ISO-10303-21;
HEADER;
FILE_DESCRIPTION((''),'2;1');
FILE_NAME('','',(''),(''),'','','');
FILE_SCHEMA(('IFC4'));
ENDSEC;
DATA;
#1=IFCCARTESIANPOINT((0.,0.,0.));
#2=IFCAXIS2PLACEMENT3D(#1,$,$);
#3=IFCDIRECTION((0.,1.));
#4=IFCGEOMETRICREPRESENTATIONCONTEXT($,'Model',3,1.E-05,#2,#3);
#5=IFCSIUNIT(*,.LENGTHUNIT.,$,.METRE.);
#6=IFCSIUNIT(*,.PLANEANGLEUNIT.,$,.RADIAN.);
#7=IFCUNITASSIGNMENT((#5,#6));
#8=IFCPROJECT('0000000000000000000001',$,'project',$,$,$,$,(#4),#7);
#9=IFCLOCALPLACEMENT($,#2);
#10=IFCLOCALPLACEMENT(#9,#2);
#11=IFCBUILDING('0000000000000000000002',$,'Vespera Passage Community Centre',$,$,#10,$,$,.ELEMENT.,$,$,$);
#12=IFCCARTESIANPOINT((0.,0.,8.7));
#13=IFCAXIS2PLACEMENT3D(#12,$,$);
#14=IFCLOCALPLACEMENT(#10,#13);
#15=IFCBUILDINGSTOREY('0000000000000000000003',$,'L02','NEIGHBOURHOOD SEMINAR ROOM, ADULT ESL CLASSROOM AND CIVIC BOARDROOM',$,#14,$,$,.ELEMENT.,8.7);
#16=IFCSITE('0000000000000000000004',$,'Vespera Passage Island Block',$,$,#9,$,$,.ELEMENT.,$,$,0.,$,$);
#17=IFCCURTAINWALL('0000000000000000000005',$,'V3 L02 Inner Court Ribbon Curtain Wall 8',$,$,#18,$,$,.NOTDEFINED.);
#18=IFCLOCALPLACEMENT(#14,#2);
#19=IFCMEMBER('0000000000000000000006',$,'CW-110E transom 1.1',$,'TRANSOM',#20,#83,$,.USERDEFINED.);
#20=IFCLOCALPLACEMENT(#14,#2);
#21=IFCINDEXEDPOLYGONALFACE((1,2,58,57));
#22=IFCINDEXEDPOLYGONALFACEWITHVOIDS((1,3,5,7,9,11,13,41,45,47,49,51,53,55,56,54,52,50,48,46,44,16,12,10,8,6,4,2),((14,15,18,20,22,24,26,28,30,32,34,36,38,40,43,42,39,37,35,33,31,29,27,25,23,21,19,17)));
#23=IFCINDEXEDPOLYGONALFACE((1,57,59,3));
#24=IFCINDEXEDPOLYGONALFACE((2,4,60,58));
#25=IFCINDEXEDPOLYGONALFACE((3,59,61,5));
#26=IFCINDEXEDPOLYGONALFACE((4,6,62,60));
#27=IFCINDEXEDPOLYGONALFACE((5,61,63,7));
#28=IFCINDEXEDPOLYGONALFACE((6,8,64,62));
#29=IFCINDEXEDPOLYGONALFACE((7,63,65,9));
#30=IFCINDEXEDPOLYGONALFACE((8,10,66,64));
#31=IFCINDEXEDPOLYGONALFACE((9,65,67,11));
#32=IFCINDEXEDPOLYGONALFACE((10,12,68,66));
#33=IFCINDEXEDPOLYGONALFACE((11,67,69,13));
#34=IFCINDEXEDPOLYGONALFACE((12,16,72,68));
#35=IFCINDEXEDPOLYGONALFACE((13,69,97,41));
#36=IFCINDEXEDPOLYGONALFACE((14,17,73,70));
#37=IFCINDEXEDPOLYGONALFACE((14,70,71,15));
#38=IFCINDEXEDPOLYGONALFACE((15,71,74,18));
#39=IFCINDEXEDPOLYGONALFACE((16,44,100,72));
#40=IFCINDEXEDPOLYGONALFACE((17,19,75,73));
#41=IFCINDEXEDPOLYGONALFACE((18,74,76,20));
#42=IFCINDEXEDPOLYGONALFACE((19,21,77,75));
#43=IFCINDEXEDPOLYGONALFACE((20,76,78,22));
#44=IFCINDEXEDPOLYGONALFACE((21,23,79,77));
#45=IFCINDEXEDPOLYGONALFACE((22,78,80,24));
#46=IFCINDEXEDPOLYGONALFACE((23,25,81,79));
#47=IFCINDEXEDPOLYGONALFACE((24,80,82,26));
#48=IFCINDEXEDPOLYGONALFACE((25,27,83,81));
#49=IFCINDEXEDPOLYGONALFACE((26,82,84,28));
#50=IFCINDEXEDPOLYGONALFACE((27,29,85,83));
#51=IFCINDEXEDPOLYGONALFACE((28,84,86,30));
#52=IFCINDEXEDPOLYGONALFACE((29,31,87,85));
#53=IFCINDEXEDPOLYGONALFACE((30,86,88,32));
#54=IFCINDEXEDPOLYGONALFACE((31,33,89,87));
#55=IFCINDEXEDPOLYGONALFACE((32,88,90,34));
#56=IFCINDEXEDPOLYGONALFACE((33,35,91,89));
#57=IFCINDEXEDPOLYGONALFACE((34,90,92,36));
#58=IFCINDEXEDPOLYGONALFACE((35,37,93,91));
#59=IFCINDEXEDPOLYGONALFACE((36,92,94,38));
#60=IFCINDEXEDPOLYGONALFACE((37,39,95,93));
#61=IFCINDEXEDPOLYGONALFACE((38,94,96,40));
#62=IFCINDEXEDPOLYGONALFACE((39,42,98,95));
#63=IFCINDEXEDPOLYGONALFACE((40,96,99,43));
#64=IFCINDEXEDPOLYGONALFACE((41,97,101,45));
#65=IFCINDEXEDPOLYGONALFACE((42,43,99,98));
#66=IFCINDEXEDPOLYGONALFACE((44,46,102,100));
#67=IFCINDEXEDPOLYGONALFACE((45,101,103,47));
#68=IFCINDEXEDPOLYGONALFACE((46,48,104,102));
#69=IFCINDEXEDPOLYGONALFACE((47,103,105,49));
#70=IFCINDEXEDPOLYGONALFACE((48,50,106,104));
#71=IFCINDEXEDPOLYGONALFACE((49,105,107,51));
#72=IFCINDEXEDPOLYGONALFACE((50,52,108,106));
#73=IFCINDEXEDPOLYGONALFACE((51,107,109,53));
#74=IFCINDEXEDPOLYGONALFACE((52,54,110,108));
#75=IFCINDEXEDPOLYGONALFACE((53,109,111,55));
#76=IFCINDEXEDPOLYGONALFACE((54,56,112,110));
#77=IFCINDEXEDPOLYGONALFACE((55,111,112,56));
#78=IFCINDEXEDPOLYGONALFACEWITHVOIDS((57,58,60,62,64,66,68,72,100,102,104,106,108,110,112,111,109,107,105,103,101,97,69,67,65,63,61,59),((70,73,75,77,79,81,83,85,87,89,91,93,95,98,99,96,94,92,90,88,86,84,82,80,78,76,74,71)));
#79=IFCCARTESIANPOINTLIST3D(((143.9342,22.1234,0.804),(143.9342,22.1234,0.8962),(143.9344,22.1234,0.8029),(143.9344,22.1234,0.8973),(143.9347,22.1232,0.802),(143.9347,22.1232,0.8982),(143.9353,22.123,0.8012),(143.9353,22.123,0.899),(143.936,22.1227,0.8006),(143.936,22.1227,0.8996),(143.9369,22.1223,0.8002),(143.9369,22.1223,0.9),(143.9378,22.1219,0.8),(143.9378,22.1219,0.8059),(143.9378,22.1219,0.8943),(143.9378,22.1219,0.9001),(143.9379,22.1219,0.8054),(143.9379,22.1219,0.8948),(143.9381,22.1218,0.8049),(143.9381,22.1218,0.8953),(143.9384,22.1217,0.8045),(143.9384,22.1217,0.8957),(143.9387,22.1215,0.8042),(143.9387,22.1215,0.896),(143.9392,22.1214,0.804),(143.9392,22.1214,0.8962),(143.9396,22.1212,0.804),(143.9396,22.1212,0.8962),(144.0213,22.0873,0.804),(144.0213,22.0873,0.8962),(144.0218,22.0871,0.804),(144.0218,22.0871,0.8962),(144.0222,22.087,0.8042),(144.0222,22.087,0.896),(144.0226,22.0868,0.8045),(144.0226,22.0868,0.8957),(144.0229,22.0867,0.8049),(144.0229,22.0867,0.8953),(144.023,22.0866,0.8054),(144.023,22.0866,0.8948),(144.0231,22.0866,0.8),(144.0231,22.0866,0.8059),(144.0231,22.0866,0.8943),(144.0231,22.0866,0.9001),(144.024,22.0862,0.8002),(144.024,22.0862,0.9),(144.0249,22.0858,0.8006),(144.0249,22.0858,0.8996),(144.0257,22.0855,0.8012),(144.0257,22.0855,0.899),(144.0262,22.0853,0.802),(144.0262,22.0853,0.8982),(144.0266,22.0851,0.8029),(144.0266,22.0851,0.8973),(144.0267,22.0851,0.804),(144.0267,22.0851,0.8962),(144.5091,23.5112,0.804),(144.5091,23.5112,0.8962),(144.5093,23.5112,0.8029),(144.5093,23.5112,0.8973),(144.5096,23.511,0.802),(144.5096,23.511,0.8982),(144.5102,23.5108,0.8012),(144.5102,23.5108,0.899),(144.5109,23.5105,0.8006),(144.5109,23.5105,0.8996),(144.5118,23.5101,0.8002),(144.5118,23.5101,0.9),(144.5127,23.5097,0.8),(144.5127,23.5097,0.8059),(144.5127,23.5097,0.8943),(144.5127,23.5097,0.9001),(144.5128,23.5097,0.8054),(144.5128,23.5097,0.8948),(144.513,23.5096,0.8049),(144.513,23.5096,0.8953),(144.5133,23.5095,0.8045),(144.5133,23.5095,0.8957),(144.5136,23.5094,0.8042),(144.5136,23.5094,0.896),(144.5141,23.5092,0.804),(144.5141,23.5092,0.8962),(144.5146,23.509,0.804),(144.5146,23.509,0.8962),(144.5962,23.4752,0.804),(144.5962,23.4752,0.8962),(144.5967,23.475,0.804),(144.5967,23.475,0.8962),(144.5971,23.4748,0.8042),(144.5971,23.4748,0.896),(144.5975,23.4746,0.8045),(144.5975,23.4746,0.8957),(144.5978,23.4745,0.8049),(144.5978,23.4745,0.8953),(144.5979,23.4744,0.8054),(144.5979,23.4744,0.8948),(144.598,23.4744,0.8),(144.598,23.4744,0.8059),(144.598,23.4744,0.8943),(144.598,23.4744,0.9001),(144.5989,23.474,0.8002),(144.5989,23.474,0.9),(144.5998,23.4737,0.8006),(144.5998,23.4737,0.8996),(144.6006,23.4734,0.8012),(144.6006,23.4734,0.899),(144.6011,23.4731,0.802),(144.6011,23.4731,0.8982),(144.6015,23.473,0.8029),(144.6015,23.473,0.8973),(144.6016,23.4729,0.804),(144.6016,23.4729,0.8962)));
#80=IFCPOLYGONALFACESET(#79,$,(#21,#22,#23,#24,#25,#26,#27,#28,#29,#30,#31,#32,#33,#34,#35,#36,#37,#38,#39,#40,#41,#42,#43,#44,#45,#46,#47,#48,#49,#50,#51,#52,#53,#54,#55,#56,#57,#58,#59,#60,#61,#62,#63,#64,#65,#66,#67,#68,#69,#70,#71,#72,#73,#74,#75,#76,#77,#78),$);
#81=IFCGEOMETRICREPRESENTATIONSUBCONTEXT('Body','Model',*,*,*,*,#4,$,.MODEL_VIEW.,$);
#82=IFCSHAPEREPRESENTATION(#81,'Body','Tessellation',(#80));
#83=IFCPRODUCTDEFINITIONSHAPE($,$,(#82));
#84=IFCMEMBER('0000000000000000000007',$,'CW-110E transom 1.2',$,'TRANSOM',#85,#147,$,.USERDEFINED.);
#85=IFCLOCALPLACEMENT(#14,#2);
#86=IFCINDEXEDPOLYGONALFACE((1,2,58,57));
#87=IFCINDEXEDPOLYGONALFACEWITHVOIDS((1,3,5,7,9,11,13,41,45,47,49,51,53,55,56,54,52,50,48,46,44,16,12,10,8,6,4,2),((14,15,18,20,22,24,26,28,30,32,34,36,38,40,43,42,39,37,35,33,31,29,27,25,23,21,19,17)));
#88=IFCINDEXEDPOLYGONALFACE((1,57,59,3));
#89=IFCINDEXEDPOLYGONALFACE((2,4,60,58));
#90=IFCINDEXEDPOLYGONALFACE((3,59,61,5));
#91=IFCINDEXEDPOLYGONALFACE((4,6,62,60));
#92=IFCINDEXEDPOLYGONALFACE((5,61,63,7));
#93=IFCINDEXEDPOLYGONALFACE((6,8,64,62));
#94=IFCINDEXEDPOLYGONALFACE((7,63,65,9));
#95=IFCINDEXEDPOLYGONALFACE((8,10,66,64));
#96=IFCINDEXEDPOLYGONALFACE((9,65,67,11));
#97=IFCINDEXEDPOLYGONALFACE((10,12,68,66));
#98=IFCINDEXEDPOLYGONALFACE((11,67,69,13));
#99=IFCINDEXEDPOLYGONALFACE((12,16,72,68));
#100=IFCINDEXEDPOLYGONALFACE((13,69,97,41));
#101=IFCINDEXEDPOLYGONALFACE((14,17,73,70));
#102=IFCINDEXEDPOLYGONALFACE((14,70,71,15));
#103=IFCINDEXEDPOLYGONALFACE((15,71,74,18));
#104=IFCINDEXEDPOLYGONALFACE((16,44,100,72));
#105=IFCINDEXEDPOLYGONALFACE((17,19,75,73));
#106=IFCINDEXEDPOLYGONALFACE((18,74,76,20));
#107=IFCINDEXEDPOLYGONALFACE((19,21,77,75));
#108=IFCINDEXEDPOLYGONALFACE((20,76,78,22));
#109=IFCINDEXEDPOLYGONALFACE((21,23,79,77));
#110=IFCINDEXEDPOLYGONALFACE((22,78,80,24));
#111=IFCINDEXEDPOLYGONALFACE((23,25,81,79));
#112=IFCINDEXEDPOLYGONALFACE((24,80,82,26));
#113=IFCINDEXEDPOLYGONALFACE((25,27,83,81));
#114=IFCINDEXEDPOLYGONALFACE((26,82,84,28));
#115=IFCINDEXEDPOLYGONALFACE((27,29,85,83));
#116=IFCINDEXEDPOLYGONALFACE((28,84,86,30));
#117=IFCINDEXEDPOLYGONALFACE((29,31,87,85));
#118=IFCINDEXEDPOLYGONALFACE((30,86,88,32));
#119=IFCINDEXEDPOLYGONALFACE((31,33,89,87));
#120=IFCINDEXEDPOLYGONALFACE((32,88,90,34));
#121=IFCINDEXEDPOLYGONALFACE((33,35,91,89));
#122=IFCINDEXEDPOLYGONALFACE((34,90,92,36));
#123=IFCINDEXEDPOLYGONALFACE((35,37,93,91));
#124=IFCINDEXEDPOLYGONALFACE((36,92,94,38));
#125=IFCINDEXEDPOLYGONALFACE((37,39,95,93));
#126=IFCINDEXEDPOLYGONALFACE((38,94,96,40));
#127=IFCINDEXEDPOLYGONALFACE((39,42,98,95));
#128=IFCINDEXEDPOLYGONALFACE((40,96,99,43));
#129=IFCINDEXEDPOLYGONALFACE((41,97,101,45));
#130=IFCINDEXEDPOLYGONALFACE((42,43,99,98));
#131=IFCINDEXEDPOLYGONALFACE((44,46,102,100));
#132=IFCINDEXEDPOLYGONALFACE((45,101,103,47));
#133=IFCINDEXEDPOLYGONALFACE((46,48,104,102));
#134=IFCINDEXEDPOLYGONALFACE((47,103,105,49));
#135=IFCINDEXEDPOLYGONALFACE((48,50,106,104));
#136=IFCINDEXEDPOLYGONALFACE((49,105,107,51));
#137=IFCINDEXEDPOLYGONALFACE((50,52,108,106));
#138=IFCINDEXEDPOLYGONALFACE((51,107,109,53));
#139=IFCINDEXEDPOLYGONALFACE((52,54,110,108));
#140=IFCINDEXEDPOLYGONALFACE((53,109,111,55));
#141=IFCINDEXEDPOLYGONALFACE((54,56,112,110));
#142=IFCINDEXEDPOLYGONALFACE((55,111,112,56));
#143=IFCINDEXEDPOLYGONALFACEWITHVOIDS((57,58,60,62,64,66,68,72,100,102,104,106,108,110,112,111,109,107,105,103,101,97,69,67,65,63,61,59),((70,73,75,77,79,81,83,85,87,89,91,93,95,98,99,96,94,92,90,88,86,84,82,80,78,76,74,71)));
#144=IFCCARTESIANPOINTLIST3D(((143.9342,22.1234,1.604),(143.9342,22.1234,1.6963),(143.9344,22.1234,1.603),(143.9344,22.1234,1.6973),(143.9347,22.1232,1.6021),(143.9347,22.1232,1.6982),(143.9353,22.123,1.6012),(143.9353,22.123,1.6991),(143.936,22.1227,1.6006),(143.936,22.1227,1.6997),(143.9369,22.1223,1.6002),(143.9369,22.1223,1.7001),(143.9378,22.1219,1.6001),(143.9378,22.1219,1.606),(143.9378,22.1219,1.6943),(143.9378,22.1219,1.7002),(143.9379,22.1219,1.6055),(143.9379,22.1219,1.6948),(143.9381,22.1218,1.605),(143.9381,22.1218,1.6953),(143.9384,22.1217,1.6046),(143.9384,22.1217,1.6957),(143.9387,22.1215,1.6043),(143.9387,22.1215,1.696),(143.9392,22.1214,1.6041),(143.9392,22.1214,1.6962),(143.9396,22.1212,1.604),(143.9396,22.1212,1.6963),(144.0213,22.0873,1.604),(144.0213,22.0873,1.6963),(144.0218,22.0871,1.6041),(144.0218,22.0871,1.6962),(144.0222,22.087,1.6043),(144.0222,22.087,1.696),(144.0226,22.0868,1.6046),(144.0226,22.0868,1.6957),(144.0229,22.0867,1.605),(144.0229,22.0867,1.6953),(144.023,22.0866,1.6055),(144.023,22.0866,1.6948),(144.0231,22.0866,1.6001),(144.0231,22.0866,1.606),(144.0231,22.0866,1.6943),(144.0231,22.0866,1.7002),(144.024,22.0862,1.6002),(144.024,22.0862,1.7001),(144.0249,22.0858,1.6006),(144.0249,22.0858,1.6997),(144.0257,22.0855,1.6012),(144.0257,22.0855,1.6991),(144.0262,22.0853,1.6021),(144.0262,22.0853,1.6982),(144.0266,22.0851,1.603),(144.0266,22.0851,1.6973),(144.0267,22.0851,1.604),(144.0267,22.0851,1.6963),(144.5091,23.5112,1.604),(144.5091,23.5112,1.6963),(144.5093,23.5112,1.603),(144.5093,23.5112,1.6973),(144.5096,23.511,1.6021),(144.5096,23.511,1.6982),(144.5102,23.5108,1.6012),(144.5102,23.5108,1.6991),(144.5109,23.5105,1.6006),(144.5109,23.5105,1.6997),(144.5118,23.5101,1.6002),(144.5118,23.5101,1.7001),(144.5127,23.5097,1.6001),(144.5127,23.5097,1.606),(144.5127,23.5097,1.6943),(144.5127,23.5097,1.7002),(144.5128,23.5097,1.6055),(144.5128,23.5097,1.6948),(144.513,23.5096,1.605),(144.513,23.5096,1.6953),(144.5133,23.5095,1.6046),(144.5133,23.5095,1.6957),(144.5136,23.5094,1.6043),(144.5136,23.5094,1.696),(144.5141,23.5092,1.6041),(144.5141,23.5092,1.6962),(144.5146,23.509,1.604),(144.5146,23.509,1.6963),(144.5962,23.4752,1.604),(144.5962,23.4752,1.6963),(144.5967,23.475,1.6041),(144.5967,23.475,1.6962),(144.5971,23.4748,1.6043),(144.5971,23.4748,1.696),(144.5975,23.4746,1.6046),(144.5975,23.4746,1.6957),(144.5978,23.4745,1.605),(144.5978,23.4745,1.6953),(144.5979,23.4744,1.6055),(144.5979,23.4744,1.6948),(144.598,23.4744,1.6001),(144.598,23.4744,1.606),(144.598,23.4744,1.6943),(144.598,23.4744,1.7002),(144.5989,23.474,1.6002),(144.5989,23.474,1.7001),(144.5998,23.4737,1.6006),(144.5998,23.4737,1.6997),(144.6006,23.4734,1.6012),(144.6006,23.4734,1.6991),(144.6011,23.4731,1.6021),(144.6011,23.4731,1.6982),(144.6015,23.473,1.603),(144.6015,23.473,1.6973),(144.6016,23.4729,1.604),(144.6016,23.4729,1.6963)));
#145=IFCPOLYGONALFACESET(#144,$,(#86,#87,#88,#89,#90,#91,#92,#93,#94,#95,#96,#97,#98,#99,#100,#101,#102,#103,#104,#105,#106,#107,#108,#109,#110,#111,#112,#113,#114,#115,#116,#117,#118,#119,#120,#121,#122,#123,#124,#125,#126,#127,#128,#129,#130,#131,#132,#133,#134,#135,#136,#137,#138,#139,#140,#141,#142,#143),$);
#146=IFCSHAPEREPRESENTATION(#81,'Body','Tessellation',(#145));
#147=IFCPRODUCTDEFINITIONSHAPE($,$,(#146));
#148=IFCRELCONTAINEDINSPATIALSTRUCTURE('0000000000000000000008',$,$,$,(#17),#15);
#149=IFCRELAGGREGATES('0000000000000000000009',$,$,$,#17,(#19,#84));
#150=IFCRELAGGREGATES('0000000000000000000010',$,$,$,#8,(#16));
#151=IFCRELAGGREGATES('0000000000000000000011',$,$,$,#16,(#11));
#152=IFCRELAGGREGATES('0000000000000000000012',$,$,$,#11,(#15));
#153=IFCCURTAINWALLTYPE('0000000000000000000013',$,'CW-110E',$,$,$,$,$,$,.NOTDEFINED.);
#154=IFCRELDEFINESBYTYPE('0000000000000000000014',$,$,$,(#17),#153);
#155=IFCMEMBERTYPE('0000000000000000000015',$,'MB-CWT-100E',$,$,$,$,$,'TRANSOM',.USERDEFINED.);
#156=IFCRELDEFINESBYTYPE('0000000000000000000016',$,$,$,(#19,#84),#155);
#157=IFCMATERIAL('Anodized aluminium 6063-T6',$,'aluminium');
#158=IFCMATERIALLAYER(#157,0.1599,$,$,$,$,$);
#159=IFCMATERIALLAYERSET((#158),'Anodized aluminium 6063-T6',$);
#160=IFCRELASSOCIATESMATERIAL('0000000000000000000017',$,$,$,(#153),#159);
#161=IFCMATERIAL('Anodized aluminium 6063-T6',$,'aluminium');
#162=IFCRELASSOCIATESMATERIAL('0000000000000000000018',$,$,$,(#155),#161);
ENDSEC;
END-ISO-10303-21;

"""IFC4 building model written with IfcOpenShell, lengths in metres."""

from ifc_helpers import new_model, si_unit, direction, frame, origin, origin_2d, place, context, subcontext, project, spatial, hollow_rectangle, extrude, material, layer, layer_set, material_profile, profile_set, type_object, element, aggregate, save


model = new_model("IFC4")

# Units and contexts
model_context = context("Model", 3, precision=1e-05, world=origin(), true_north=direction((0.0, 1.0)))
body_context = subcontext(model_context, "Body", "Model", "MODEL_VIEW")
ifc_project = project(units=[si_unit("LENGTHUNIT", "METRE"), si_unit("PLANEANGLEUNIT", "RADIAN")], contexts=[model_context])

# Site, building, storey
site_placement = place(None, origin())
site = spatial("IfcSite", under=ifc_project, at=site_placement, Name="Vespera Passage Island Block", CompositionType="ELEMENT", RefElevation=0.0)
building_placement = place(site_placement, origin())
building = spatial("IfcBuilding", under=site, at=building_placement, Name="Vespera Passage Community Centre", CompositionType="ELEMENT")
storey_placement = place(building_placement, frame((0.0, 0.0, 8.7)))
storey = spatial("IfcBuildingStorey", under=building, at=storey_placement, Name="L02", Description="NEIGHBOURHOOD SEMINAR ROOM, ADULT ESL CLASSROOM AND CIVIC BOARDROOM", CompositionType="ELEMENT", Elevation=8.7)

# Shared definitions
ifc_material_1 = material(Name="Anodized aluminium 6063-T6", Category="aluminium")
ifc_layer_1 = layer(ifc_material_1, 0.1599)
ifc_layer_set_1 = layer_set([ifc_layer_1], Name="Anodized aluminium 6063-T6")
curtain_wall_type = type_object("IfcCurtainWallType", Name="CW-110E", PredefinedType="NOTDEFINED", material=ifc_layer_set_1)

# Curtain wall
curtain_wall_1_placement = place(storey_placement, origin())
curtain_wall_1 = element("IfcCurtainWall", 1, at=curtain_wall_1_placement, inside=storey, type_object=curtain_wall_type, Name="V3 L02 Inner Court Ribbon Curtain Wall 8", PredefinedType="NOTDEFINED")

# Members
ifc_material_2 = material(Name="Anodized aluminium 6063-T6", Category="aluminium")
ifc_material_profile_1 = material_profile(ifc_material_2, hollow_rectangle(XDim=0.1001, YDim=0.1001, WallThickness=0.0039, InnerFilletRadius=0.002, OuterFilletRadius=0.0039, at=origin_2d()), Name="ALU100X100X4")
ifc_profile_set_1 = profile_set([ifc_material_profile_1], Name="Anodized aluminium 6063-T6")
member_type_1 = type_object("IfcMemberType", Name="MB-CWT-100E", ElementType="TRANSOM", PredefinedType="USERDEFINED", material=ifc_profile_set_1)
member_1_placement = place(storey_placement, frame((143.9805, 22.1042, 0.8501), z_axis=(0.382711, 0.923868, 0.0), x_axis=(-0.923868, 0.382711, 0.0)))
member_1 = element("IfcMember", 2, at=member_1_placement, type_object=member_type_1, Name="CW-110E transom 1.1", ObjectType="TRANSOM", PredefinedType="USERDEFINED", context=body_context, shape_type="SweptSolid", body=[
    extrude(hollow_rectangle(XDim=0.1001, YDim=0.1001, WallThickness=0.0039, InnerFilletRadius=0.002, OuterFilletRadius=0.0039, at=origin_2d()), origin(), (0.0, 0.0, 1.0), 1.5022),
])
member_2_placement = place(storey_placement, frame((143.9805, 22.1042, 1.6501), z_axis=(0.382711, 0.923868, 0.0), x_axis=(-0.923868, 0.382711, 0.0)))
member_2 = element("IfcMember", 3, at=member_2_placement, type_object=member_type_1, Name="CW-110E transom 1.2", ObjectType="TRANSOM", PredefinedType="USERDEFINED", context=body_context, shape_type="SweptSolid", body=[
    extrude(hollow_rectangle(XDim=0.1001, YDim=0.1001, WallThickness=0.0039, InnerFilletRadius=0.002, OuterFilletRadius=0.0039, at=origin_2d()), origin(), (0.0, 0.0, 1.0), 1.5022),
])

aggregate(curtain_wall_1, [member_1, member_2])

save(model, "model.ifc")
